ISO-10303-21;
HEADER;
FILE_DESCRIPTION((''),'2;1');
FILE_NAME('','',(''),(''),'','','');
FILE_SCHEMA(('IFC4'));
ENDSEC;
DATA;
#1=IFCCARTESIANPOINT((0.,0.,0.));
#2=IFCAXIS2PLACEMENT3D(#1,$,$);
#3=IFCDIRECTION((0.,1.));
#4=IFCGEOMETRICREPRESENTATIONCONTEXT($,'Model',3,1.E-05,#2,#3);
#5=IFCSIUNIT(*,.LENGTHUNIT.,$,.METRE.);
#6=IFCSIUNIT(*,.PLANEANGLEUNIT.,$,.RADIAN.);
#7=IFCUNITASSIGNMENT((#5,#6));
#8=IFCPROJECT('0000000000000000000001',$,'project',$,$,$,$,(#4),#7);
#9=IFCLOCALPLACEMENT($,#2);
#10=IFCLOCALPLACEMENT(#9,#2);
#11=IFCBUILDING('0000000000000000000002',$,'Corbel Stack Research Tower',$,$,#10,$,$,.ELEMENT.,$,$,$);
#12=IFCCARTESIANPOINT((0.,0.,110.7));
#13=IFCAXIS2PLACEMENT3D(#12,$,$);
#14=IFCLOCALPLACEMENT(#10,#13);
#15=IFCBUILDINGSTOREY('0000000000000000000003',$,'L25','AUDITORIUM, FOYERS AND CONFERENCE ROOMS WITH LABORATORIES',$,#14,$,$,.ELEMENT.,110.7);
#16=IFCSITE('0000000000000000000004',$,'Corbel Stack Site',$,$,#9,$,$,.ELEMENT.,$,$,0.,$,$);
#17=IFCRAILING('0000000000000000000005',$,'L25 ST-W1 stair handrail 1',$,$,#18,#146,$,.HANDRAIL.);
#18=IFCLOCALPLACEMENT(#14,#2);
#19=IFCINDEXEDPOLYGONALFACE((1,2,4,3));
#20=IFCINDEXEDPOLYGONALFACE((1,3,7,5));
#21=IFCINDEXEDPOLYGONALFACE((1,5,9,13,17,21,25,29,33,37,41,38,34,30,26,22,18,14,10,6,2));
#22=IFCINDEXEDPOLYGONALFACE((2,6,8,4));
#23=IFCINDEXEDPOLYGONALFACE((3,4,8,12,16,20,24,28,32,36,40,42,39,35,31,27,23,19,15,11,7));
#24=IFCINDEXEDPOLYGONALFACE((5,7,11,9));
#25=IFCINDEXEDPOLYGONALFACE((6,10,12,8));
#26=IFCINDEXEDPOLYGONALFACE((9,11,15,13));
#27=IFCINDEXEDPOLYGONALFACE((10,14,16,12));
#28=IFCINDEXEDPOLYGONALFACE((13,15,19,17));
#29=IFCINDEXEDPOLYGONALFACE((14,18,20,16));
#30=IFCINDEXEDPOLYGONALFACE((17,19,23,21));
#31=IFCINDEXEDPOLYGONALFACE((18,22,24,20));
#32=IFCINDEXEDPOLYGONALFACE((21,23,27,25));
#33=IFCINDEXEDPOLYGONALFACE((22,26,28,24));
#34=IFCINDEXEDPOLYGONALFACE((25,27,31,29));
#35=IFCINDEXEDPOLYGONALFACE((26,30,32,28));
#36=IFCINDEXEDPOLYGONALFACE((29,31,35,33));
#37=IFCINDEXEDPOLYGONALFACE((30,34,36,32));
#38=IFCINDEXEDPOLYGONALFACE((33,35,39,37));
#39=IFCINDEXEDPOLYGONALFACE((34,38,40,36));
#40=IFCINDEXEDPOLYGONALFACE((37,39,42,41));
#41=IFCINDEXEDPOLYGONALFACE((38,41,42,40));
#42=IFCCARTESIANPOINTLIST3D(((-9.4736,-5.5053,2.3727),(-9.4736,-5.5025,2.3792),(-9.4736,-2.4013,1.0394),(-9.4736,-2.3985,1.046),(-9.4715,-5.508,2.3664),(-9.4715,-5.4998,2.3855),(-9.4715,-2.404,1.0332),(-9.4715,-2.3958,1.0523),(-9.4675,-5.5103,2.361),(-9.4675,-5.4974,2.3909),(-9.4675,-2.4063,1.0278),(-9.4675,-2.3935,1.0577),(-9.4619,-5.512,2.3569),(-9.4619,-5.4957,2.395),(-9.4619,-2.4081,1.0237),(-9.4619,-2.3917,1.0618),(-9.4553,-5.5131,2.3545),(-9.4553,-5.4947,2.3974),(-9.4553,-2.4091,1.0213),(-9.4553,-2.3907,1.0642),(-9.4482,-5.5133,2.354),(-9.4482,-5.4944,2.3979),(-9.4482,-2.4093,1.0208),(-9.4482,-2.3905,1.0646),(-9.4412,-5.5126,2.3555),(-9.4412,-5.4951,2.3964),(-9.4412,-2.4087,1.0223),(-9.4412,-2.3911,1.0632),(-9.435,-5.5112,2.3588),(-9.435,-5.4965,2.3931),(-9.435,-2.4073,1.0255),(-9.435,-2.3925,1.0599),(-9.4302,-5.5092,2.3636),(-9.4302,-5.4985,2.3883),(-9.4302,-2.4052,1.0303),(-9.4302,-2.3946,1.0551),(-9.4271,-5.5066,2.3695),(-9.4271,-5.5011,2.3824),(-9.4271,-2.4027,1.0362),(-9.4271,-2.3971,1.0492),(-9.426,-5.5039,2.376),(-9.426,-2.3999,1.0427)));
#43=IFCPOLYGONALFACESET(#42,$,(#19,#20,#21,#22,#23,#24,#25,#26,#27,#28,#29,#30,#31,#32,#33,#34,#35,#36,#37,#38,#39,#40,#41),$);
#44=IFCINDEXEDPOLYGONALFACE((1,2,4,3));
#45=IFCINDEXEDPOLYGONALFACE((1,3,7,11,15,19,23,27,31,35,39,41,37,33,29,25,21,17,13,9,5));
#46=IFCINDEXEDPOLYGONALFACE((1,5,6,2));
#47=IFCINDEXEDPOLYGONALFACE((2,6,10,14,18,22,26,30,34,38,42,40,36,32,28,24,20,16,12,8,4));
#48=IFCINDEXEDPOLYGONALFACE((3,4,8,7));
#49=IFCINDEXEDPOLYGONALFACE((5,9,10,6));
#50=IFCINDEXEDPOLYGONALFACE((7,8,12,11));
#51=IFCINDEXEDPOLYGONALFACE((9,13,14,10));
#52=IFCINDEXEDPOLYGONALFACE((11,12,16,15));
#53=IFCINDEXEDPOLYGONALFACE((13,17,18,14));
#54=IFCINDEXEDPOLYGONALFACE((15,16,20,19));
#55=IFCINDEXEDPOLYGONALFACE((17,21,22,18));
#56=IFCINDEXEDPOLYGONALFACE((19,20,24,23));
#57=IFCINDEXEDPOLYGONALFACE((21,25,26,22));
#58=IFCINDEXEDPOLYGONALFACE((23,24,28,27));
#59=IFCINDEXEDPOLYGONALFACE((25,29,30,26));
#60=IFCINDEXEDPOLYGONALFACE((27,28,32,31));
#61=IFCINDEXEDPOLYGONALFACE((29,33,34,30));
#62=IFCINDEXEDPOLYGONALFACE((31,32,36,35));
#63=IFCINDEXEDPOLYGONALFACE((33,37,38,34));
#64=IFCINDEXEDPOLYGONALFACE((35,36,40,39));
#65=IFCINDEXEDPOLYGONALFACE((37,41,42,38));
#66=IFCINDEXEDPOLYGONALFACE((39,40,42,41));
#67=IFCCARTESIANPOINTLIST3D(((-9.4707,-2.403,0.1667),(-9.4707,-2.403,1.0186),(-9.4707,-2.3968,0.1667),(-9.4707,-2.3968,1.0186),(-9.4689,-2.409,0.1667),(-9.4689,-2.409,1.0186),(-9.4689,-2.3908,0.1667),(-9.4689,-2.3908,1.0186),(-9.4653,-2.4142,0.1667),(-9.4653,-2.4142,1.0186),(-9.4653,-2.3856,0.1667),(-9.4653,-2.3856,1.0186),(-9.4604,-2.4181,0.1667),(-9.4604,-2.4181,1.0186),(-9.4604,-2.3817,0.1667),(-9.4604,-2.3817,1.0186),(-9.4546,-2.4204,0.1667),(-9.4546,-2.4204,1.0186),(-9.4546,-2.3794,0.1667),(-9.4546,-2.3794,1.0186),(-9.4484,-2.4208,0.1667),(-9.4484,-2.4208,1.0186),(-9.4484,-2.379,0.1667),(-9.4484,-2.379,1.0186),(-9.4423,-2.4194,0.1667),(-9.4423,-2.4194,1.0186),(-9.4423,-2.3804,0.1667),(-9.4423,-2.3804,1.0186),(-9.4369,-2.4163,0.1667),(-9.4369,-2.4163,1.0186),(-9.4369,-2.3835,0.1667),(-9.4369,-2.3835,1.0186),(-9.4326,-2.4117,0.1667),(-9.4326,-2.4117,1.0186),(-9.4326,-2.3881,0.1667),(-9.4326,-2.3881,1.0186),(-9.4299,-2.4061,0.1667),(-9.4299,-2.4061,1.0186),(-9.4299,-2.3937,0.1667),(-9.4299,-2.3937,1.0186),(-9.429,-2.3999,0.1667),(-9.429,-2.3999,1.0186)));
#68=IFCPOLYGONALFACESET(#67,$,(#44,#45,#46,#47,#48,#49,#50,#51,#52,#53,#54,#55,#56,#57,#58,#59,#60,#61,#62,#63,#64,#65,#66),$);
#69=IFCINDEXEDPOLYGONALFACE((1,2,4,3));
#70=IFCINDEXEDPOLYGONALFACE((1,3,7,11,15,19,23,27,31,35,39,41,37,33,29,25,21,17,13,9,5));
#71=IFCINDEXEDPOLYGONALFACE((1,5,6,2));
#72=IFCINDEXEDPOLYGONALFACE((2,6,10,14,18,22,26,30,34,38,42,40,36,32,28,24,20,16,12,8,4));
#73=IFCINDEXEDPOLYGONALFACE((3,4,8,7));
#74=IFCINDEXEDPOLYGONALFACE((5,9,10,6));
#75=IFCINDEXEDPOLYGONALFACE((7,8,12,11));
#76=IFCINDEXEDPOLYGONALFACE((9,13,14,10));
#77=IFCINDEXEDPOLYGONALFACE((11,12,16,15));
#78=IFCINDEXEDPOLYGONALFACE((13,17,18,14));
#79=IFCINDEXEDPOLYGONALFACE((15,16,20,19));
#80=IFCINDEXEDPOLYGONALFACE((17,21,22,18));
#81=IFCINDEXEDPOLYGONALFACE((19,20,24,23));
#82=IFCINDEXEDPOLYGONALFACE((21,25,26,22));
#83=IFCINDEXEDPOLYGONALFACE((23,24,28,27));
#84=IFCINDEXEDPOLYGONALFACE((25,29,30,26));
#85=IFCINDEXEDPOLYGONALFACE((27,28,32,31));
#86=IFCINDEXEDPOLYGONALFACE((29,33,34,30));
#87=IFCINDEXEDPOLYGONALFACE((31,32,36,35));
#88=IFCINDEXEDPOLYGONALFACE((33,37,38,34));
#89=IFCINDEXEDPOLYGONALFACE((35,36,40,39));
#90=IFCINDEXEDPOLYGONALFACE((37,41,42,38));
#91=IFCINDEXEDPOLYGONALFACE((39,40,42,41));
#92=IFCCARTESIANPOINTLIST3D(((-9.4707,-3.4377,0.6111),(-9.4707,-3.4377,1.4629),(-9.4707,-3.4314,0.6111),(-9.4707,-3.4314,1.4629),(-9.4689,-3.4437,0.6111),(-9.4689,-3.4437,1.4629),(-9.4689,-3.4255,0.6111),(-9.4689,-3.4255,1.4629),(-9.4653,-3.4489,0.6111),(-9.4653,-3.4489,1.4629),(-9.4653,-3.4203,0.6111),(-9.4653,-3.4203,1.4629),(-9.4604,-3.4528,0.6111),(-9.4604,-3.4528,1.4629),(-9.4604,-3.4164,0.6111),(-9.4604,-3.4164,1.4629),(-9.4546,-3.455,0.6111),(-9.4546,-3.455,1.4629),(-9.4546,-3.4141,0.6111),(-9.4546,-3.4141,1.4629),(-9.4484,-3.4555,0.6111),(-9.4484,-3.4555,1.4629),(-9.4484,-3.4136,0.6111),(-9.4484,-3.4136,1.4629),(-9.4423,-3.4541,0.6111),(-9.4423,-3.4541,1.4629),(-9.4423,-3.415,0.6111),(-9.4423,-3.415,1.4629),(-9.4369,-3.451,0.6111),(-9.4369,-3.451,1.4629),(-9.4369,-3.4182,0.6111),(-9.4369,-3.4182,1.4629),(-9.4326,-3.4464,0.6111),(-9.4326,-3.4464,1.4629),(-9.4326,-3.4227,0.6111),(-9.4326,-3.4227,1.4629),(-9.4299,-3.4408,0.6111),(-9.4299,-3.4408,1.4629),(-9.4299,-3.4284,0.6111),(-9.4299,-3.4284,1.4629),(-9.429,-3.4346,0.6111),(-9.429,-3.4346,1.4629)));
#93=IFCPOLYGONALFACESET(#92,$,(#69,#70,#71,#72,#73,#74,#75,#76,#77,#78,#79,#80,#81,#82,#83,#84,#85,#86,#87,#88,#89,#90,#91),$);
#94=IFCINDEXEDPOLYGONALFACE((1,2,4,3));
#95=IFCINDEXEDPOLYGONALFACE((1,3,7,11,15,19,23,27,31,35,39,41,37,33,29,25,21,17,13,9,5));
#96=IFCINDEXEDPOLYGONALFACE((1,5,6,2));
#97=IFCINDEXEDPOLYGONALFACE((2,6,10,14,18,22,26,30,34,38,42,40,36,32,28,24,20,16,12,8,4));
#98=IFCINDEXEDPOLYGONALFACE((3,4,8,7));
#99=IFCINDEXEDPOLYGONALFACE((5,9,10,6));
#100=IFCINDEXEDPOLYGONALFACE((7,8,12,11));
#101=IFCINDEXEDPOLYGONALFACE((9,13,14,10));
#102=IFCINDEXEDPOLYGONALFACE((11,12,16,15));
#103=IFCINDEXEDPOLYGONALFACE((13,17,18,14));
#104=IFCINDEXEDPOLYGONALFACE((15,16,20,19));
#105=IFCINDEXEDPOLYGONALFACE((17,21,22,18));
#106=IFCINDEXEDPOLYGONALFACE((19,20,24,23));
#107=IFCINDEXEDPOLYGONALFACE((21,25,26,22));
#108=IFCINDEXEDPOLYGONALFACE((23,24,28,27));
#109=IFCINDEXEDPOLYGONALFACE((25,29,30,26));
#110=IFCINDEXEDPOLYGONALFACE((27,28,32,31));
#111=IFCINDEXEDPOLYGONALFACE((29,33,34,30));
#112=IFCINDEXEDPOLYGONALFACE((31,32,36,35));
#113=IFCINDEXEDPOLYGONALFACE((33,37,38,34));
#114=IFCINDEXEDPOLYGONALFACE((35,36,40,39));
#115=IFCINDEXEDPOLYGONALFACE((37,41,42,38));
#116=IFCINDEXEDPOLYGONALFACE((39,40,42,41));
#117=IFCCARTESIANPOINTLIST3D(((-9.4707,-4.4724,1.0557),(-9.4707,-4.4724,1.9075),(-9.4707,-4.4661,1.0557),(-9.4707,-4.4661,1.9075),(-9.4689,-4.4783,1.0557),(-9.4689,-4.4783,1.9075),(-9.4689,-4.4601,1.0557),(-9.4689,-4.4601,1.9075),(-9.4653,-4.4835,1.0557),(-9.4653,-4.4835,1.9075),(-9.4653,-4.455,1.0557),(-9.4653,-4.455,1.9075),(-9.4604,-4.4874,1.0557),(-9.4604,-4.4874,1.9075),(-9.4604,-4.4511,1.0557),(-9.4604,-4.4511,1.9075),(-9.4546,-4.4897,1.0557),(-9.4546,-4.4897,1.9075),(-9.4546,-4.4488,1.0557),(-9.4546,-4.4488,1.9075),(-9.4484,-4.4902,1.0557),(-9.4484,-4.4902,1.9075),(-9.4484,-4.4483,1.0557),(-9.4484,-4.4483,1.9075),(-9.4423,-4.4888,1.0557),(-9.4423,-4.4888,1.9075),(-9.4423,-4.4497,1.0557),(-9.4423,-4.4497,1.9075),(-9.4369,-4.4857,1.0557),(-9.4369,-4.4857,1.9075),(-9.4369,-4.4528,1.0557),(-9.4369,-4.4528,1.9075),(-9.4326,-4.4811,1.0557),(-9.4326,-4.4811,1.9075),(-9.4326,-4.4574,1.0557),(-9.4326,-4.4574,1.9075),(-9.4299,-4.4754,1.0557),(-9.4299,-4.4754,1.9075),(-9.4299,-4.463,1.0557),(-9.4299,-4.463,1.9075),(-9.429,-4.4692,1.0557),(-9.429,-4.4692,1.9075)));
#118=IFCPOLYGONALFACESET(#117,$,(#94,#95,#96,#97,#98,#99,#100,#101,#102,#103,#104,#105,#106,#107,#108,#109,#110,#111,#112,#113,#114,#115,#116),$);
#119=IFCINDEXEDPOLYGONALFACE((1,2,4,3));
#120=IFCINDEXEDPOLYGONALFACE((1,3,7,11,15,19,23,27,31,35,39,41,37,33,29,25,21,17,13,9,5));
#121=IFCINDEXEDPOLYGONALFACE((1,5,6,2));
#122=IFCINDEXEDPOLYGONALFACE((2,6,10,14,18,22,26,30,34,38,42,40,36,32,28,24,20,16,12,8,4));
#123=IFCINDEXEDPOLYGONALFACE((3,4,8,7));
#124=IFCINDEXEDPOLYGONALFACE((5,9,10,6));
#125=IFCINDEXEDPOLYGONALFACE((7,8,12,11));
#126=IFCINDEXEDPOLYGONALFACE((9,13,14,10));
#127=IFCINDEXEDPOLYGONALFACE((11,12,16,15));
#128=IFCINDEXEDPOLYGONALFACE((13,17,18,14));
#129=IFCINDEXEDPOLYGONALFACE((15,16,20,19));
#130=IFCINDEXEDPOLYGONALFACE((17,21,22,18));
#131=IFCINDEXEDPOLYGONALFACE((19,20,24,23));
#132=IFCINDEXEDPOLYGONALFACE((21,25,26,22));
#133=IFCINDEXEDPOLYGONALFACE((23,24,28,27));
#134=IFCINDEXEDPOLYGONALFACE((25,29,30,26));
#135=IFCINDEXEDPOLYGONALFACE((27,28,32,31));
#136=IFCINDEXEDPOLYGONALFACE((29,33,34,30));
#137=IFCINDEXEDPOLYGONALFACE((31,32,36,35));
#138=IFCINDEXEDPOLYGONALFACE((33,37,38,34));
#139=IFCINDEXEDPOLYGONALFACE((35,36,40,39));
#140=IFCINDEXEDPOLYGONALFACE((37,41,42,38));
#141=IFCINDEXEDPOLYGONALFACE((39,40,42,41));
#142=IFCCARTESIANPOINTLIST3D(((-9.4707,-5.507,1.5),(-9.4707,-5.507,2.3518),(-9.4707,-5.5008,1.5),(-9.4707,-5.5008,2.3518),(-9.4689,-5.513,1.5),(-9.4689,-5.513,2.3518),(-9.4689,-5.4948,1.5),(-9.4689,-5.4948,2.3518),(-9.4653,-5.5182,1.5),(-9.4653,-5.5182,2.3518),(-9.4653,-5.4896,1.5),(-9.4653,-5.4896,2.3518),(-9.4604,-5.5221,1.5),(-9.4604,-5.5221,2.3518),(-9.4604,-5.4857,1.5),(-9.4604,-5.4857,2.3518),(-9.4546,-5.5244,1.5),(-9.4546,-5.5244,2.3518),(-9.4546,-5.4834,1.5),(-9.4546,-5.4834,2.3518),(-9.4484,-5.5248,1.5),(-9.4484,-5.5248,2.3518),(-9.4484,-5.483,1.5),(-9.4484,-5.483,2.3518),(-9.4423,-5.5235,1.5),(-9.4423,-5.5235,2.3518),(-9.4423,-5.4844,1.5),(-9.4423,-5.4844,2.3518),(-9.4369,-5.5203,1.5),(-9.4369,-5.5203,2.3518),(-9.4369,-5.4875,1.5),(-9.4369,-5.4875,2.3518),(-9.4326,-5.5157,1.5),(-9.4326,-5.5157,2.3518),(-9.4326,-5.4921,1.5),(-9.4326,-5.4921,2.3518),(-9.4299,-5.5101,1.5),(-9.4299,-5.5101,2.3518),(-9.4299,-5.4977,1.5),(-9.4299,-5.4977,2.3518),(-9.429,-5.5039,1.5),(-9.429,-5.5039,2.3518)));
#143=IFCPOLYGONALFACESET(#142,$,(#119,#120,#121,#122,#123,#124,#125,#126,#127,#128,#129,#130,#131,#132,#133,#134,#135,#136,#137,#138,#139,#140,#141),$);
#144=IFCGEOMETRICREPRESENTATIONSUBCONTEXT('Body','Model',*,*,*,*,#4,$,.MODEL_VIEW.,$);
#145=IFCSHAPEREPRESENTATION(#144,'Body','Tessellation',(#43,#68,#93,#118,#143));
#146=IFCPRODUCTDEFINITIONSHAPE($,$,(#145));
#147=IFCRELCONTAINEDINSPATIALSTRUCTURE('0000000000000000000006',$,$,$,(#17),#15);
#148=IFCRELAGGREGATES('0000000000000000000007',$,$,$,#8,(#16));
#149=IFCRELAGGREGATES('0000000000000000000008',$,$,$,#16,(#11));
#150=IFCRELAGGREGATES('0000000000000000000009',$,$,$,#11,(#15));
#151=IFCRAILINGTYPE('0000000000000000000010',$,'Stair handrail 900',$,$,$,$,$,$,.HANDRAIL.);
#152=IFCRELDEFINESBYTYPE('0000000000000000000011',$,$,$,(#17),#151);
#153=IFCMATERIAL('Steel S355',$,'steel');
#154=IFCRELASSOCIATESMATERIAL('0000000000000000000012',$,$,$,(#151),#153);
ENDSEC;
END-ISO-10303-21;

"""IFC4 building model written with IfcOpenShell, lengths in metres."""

from ifc_helpers import new_model, si_unit, direction, frame, origin, origin_2d, place, context, subcontext, project, spatial, circle, extrude, material, type_object, element, save


model = new_model("IFC4")

# Units and contexts
model_context = context("Model", 3, precision=1e-05, world=origin(), true_north=direction((0.0, 1.0)))
body_context = subcontext(model_context, "Body", "Model", "MODEL_VIEW")
ifc_project = project(units=[si_unit("LENGTHUNIT", "METRE"), si_unit("PLANEANGLEUNIT", "RADIAN")], contexts=[model_context])

# Site, building, storey
site_placement = place(None, origin())
site = spatial("IfcSite", under=ifc_project, at=site_placement, Name="Corbel Stack Site", CompositionType="ELEMENT", RefElevation=0.0)
building_placement = place(site_placement, origin())
building = spatial("IfcBuilding", under=site, at=building_placement, Name="Corbel Stack Research Tower", CompositionType="ELEMENT")
storey_placement = place(building_placement, frame((0.0, 0.0, 110.7)))
storey = spatial("IfcBuildingStorey", under=building, at=storey_placement, Name="L25", Description="AUDITORIUM, FOYERS AND CONFERENCE ROOMS WITH LABORATORIES", CompositionType="ELEMENT", Elevation=110.7)

# Railing
ifc_material_1 = material(Name="Steel S355", Category="steel")
railing_type_1 = type_object("IfcRailingType", Name="Stair handrail 900", PredefinedType="HANDRAIL", material=ifc_material_1)
for number, where, name in (
    (1, (-9.45, -2.3999, 0.1667), "L25 ST-W1 stair handrail 1"),
):
    element("IfcRailing", number, at=place(storey_placement, frame(where)), inside=storey, type_object=railing_type_1, Name=name, PredefinedType="HANDRAIL", context=body_context, shape_type="SweptSolid", body=[
        extrude(circle(Radius=0.0239, at=origin_2d()), frame((0.0, 0.0, 0.876), z_axis=(0.0, -0.918827, 0.394661), x_axis=(1.0, 0.0, 0.0)), (0.0, 0.0, 1.0), 3.3782),
        extrude(circle(Radius=0.021, at=origin_2d()), origin(), (0.0, 0.0, 1.0), 0.8518),
        extrude(circle(Radius=0.021, at=origin_2d()), frame((0.0, -1.0347, 0.4443)), (0.0, 0.0, 1.0), 0.8518),
        extrude(circle(Radius=0.021, at=origin_2d()), frame((0.0, -2.0693, 0.8889)), (0.0, 0.0, 1.0), 0.8518),
        extrude(circle(Radius=0.021, at=origin_2d()), frame((0.0, -3.104, 1.3333)), (0.0, 0.0, 1.0), 0.8518),
    ])

save(model, "model.ifc")
